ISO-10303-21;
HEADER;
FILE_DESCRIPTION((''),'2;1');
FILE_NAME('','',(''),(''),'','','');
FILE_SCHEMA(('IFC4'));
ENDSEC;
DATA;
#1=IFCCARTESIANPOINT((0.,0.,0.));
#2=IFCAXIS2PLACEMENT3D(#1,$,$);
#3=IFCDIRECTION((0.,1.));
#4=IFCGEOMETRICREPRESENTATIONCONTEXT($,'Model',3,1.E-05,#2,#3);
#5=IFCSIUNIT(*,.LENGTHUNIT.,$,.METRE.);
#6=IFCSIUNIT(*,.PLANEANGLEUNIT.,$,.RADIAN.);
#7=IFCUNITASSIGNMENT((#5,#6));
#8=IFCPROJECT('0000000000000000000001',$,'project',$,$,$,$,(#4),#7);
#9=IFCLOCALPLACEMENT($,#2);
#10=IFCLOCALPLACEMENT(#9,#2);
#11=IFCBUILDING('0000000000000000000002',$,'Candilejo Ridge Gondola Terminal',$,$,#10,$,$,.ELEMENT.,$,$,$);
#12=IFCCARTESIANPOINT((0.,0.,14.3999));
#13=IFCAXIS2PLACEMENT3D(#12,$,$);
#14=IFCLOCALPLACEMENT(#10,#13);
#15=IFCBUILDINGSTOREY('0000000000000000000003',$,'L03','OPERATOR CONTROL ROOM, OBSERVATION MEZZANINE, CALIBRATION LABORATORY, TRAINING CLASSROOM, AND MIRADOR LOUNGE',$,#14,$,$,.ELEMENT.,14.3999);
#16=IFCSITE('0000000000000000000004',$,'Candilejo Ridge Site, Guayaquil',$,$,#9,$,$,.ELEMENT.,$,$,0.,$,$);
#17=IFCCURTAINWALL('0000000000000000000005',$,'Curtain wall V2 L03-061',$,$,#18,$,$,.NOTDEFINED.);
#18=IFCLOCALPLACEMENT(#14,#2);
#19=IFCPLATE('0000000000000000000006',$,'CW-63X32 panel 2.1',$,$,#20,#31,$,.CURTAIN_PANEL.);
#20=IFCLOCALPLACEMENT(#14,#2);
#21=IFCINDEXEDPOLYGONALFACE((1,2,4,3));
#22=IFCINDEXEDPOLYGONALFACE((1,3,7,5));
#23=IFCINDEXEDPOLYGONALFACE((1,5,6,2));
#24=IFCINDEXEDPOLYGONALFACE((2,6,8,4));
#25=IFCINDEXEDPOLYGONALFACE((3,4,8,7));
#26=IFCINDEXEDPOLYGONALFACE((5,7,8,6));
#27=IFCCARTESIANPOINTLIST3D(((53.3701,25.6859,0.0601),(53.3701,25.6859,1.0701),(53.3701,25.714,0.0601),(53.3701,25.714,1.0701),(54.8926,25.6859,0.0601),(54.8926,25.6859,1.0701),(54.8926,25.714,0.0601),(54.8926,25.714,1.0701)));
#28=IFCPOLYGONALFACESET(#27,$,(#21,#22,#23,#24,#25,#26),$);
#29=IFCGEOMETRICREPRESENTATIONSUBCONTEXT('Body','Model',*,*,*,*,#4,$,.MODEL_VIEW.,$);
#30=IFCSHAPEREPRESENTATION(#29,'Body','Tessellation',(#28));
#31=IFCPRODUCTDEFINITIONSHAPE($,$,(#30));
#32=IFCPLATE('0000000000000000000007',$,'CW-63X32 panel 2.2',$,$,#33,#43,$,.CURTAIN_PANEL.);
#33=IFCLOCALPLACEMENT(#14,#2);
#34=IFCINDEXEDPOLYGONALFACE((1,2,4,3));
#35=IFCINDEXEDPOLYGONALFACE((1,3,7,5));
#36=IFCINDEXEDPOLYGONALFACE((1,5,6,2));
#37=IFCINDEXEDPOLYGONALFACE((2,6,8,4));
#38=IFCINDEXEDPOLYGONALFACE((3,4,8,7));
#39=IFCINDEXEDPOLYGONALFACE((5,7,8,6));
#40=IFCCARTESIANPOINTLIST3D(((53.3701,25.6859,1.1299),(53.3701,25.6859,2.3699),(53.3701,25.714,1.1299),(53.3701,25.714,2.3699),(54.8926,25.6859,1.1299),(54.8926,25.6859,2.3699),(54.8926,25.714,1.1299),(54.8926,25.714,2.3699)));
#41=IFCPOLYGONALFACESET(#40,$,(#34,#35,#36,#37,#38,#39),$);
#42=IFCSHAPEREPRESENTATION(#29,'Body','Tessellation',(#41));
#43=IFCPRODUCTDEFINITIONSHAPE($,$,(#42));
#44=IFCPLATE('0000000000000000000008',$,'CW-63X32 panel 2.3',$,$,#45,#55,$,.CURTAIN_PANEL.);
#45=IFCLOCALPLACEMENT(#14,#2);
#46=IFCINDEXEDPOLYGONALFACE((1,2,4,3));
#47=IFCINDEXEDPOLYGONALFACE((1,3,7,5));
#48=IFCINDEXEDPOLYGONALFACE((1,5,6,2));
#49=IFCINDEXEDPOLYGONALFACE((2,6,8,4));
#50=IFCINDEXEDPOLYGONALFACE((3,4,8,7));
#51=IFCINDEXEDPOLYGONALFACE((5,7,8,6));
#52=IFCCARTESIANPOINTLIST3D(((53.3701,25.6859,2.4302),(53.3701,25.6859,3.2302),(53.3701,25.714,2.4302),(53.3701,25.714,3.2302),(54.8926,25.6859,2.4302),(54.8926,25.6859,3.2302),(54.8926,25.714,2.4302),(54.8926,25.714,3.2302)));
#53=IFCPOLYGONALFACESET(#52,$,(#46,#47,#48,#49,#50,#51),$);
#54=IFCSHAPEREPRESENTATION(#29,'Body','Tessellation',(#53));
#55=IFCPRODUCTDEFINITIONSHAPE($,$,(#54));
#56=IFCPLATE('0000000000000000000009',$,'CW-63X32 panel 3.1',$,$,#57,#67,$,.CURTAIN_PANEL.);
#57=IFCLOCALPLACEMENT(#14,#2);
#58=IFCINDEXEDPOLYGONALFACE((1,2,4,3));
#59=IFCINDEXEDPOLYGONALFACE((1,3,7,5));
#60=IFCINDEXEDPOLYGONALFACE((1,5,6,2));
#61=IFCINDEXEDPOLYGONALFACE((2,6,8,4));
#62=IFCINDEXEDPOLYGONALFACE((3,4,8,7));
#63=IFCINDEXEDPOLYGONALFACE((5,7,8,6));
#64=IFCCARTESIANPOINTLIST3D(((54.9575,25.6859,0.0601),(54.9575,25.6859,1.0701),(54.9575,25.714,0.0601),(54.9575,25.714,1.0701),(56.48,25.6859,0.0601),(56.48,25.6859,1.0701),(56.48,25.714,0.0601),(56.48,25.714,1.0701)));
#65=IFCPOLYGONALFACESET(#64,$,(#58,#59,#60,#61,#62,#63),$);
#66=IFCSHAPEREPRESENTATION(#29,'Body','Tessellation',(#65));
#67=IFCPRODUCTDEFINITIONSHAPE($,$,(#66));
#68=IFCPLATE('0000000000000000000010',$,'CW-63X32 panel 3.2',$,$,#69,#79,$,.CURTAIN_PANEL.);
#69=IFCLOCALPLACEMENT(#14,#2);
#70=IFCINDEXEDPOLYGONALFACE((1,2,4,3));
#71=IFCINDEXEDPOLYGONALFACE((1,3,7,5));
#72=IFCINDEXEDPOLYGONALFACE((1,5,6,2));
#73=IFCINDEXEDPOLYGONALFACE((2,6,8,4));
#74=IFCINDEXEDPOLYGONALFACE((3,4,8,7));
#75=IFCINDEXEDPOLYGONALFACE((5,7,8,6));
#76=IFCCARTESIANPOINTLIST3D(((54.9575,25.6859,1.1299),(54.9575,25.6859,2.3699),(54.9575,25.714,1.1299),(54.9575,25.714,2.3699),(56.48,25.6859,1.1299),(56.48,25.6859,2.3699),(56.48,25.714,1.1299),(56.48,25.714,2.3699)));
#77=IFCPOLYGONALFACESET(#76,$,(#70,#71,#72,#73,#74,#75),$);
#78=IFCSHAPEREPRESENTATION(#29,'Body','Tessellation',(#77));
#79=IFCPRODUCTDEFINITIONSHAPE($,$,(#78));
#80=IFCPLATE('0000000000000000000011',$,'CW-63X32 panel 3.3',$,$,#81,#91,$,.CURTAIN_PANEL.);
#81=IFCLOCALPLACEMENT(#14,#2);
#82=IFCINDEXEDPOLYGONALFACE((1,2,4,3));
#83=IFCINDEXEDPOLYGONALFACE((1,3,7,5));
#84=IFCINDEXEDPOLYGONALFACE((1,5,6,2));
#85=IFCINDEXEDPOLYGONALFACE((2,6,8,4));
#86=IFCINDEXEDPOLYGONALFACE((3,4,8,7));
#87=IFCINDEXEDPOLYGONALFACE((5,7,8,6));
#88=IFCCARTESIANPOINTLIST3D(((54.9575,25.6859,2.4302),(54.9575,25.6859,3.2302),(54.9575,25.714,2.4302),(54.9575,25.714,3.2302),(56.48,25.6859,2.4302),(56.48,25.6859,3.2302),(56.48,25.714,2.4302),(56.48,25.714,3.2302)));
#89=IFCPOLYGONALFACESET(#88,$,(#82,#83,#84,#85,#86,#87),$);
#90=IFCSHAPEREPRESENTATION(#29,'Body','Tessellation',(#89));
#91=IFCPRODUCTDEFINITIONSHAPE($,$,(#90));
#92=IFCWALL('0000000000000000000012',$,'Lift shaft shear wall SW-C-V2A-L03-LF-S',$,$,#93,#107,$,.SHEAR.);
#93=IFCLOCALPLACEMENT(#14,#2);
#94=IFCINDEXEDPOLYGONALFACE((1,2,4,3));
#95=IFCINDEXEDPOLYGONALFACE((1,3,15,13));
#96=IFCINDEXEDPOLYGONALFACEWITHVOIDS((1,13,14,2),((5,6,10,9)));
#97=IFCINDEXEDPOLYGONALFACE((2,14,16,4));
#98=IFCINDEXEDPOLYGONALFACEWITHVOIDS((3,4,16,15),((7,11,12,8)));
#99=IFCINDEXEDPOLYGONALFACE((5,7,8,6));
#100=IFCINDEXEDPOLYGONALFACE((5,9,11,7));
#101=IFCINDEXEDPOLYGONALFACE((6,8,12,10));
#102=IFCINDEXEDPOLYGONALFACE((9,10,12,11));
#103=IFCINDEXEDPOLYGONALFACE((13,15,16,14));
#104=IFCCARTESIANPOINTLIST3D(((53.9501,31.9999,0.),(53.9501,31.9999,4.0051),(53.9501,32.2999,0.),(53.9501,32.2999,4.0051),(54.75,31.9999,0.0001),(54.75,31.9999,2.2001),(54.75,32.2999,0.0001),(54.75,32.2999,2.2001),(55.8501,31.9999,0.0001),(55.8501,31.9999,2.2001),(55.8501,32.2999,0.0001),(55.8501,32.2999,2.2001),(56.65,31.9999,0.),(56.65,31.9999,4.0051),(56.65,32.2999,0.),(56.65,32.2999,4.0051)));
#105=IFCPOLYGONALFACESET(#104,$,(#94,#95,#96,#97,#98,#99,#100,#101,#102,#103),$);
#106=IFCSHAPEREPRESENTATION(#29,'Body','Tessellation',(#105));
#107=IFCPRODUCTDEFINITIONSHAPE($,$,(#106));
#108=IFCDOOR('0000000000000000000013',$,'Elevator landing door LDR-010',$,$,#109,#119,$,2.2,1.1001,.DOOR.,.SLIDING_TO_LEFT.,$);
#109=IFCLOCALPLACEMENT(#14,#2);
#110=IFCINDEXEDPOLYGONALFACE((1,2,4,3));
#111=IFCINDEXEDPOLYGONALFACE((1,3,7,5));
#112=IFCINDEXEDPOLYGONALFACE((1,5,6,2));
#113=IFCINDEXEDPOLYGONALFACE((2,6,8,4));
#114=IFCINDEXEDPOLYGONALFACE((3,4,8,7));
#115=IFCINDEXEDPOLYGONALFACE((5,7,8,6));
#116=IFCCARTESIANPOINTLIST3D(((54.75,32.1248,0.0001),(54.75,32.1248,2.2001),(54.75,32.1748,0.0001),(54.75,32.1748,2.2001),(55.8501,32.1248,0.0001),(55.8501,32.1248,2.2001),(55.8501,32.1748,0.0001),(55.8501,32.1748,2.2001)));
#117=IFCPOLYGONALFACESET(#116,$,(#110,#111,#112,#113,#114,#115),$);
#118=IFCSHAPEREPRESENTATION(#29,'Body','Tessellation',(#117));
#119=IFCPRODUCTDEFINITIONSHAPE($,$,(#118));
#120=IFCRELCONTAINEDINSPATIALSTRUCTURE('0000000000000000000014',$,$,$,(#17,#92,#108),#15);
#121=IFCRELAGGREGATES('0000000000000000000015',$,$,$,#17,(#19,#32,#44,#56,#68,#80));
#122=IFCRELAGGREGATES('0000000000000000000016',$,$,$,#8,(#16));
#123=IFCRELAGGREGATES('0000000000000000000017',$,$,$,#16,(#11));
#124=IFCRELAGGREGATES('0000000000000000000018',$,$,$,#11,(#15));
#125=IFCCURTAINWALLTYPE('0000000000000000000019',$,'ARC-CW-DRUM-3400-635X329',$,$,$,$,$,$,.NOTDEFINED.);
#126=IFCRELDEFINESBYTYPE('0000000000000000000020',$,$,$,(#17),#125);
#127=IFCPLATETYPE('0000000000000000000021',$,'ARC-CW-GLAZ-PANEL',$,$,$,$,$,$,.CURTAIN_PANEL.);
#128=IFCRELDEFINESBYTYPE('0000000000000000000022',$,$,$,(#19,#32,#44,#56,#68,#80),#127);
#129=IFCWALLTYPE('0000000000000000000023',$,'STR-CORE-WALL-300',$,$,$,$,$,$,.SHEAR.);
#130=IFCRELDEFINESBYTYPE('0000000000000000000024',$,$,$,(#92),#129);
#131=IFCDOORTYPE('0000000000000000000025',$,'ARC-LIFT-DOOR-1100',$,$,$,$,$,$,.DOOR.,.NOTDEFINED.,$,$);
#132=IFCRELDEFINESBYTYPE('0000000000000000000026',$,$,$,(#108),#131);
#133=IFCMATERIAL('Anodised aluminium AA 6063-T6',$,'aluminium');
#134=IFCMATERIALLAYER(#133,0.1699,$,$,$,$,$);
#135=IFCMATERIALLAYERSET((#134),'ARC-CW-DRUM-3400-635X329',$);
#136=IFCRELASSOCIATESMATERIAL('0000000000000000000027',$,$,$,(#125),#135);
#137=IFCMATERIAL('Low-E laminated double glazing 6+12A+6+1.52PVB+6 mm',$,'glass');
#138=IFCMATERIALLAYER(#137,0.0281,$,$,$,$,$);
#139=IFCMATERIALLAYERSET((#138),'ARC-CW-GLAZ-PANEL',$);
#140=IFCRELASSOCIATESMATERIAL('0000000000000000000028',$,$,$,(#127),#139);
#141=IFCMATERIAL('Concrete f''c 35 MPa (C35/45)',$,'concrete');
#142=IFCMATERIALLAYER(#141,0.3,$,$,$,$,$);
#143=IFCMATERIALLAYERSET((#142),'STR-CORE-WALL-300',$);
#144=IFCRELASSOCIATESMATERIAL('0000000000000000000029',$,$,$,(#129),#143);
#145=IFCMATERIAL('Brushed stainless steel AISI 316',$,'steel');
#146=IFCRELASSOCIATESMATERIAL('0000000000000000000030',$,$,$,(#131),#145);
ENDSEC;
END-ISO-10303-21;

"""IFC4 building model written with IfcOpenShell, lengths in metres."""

from ifc_helpers import new_model, si_unit, direction, frame, frame_2d, origin, origin_2d, place, context, subcontext, project, spatial, rectangle, extrude, material, layer, layer_set, type_object, element, fill, aggregate, save


model = new_model("IFC4")

# Units and contexts
model_context = context("Model", 3, precision=1e-05, world=origin(), true_north=direction((0.0, 1.0)))
body_context = subcontext(model_context, "Body", "Model", "MODEL_VIEW")
ifc_project = project(units=[si_unit("LENGTHUNIT", "METRE"), si_unit("PLANEANGLEUNIT", "RADIAN")], contexts=[model_context])

# Site, building, storey
site_placement = place(None, origin())
site = spatial("IfcSite", under=ifc_project, at=site_placement, Name="Candilejo Ridge Site, Guayaquil", CompositionType="ELEMENT", RefElevation=0.0)
building_placement = place(site_placement, origin())
building = spatial("IfcBuilding", under=site, at=building_placement, Name="Candilejo Ridge Gondola Terminal", CompositionType="ELEMENT")
storey_placement = place(building_placement, frame((0.0, 0.0, 14.3999)))
storey = spatial("IfcBuildingStorey", under=building, at=storey_placement, Name="L03", Description="OPERATOR CONTROL ROOM, OBSERVATION MEZZANINE, CALIBRATION LABORATORY, TRAINING CLASSROOM, AND MIRADOR LOUNGE", CompositionType="ELEMENT", Elevation=14.3999)

# Curtain wall, plates
ifc_material_1 = material(Name="Anodised aluminium AA 6063-T6", Category="aluminium")
ifc_layer_1 = layer(ifc_material_1, 0.1699)
ifc_layer_set_1 = layer_set([ifc_layer_1], Name="ARC-CW-DRUM-3400-635X329")
curtain_wall_type = type_object("IfcCurtainWallType", Name="ARC-CW-DRUM-3400-635X329", PredefinedType="NOTDEFINED", material=ifc_layer_set_1)
curtain_wall_placement = place(storey_placement, origin())
curtain_wall = element("IfcCurtainWall", 1, at=curtain_wall_placement, inside=storey, type_object=curtain_wall_type, Name="Curtain wall V2 L03-061", PredefinedType="NOTDEFINED")
ifc_material_2 = material(Name="Low-E laminated double glazing 6+12A+6+1.52PVB+6 mm", Category="glass")
ifc_layer_2 = layer(ifc_material_2, 0.0281)
ifc_layer_set_2 = layer_set([ifc_layer_2], Name="ARC-CW-GLAZ-PANEL")
plate_type = type_object("IfcPlateType", Name="ARC-CW-GLAZ-PANEL", PredefinedType="CURTAIN_PANEL", material=ifc_layer_set_2)
plate_1_placement = place(storey_placement, frame((54.1313, 25.7, 0.0601), z_axis=(0.0, 0.0, 1.0), x_axis=(1.0, 0.0, 0.0)))
plate_1 = element("IfcPlate", 2, at=plate_1_placement, type_object=plate_type, Name="CW-63X32 panel 2.1", PredefinedType="CURTAIN_PANEL", context=body_context, shape_type="SweptSolid", body=[
    extrude(rectangle(XDim=1.5225, YDim=0.0281, at=origin_2d()), origin(), (0.0, 0.0, 1.0), 1.01),
])
plate_2_placement = place(storey_placement, frame((54.1313, 25.7, 1.1299), z_axis=(0.0, 0.0, 1.0), x_axis=(1.0, 0.0, 0.0)))
plate_2 = element("IfcPlate", 3, at=plate_2_placement, type_object=plate_type, Name="CW-63X32 panel 2.2", PredefinedType="CURTAIN_PANEL", context=body_context, shape_type="SweptSolid", body=[
    extrude(rectangle(XDim=1.5225, YDim=0.0281, at=origin_2d()), origin(), (0.0, 0.0, 1.0), 1.24),
])
plate_3_placement = place(storey_placement, frame((54.1313, 25.7, 2.4302), z_axis=(0.0, 0.0, 1.0), x_axis=(1.0, 0.0, 0.0)))
plate_3 = element("IfcPlate", 4, at=plate_3_placement, type_object=plate_type, Name="CW-63X32 panel 2.3", PredefinedType="CURTAIN_PANEL", context=body_context, shape_type="SweptSolid", body=[
    extrude(rectangle(XDim=1.5225, YDim=0.0281, at=origin_2d()), origin(), (0.0, 0.0, 1.0), 0.8),
])
plate_4_placement = place(storey_placement, frame((55.7188, 25.7, 0.0601), z_axis=(0.0, 0.0, 1.0), x_axis=(1.0, 0.0, 0.0)))
plate_4 = element("IfcPlate", 5, at=plate_4_placement, type_object=plate_type, Name="CW-63X32 panel 3.1", PredefinedType="CURTAIN_PANEL", context=body_context, shape_type="SweptSolid", body=[
    extrude(rectangle(XDim=1.5225, YDim=0.0281, at=origin_2d()), origin(), (0.0, 0.0, 1.0), 1.01),
])
plate_5_placement = place(storey_placement, frame((55.7188, 25.7, 1.1299), z_axis=(0.0, 0.0, 1.0), x_axis=(1.0, 0.0, 0.0)))
plate_5 = element("IfcPlate", 6, at=plate_5_placement, type_object=plate_type, Name="CW-63X32 panel 3.2", PredefinedType="CURTAIN_PANEL", context=body_context, shape_type="SweptSolid", body=[
    extrude(rectangle(XDim=1.5225, YDim=0.0281, at=origin_2d()), origin(), (0.0, 0.0, 1.0), 1.24),
])
plate_6_placement = place(storey_placement, frame((55.7188, 25.7, 2.4302), z_axis=(0.0, 0.0, 1.0), x_axis=(1.0, 0.0, 0.0)))
plate_6 = element("IfcPlate", 7, at=plate_6_placement, type_object=plate_type, Name="CW-63X32 panel 3.3", PredefinedType="CURTAIN_PANEL", context=body_context, shape_type="SweptSolid", body=[
    extrude(rectangle(XDim=1.5225, YDim=0.0281, at=origin_2d()), origin(), (0.0, 0.0, 1.0), 0.8),
])
aggregate(curtain_wall, [plate_1, plate_2, plate_3, plate_4, plate_5, plate_6])

# Wall, opening, door
ifc_material_3 = material(Name="Concrete f'c 35 MPa (C35/45)", Category="concrete")
ifc_layer_3 = layer(ifc_material_3, 0.3)
ifc_layer_set_3 = layer_set([ifc_layer_3], Name="STR-CORE-WALL-300")
wall_type = type_object("IfcWallType", Name="STR-CORE-WALL-300", PredefinedType="SHEAR", material=ifc_layer_set_3)
wall_placement = place(storey_placement, frame((53.95, 32.1499, 0.0), z_axis=(0.0, 0.0, 1.0), x_axis=(1.0, 0.0, 0.0)))
wall = element("IfcWall", 8, at=wall_placement, inside=storey, type_object=wall_type, Name="Lift shaft shear wall SW-C-V2A-L03-LF-S", PredefinedType="SHEAR", context=body_context, shape_type="SweptSolid", body=[
    extrude(rectangle(XDim=2.7, YDim=0.3, at=frame_2d((1.3501, 0.0))), origin(), (0.0, 0.0, 1.0), 4.0051),
])
opening_placement = place(wall_placement, frame((0.8, 0.0, 0.0)))
opening = element("IfcOpeningElement", 9, at=opening_placement, cuts=wall, PredefinedType="OPENING", context=body_context, shape_type="SweptSolid", body=[
    extrude(rectangle(XDim=1.1001, YDim=2.2, at=frame_2d((0.55, 1.1001))), frame((0.0, 0.1599, 0.0), z_axis=(0.0, -1.0, 0.0), x_axis=(1.0, 0.0, 0.0)), (0.0, 0.0, 1.0), 0.3201),
])
ifc_material_4 = material(Name="Brushed stainless steel AISI 316", Category="steel")
door_type = type_object("IfcDoorType", Name="ARC-LIFT-DOOR-1100", OperationType="NOTDEFINED", PredefinedType="DOOR", material=ifc_material_4)
door_placement = place(opening_placement, origin())
door = element("IfcDoor", 10, at=door_placement, inside=storey, type_object=door_type, Name="Elevator landing door LDR-010", OperationType="SLIDING_TO_LEFT", OverallHeight=2.2, OverallWidth=1.1001, PredefinedType="DOOR", context=body_context, shape_type="SweptSolid", body=[
    extrude(rectangle(XDim=1.1001, YDim=2.2, at=frame_2d((0.55, 1.1001))), frame((0.0, 0.0249, 0.0), z_axis=(0.0, -1.0, 0.0), x_axis=(1.0, 0.0, 0.0)), (0.0, 0.0, 1.0), 0.05),
])
fill(opening, door)

save(model, "model.ifc")
